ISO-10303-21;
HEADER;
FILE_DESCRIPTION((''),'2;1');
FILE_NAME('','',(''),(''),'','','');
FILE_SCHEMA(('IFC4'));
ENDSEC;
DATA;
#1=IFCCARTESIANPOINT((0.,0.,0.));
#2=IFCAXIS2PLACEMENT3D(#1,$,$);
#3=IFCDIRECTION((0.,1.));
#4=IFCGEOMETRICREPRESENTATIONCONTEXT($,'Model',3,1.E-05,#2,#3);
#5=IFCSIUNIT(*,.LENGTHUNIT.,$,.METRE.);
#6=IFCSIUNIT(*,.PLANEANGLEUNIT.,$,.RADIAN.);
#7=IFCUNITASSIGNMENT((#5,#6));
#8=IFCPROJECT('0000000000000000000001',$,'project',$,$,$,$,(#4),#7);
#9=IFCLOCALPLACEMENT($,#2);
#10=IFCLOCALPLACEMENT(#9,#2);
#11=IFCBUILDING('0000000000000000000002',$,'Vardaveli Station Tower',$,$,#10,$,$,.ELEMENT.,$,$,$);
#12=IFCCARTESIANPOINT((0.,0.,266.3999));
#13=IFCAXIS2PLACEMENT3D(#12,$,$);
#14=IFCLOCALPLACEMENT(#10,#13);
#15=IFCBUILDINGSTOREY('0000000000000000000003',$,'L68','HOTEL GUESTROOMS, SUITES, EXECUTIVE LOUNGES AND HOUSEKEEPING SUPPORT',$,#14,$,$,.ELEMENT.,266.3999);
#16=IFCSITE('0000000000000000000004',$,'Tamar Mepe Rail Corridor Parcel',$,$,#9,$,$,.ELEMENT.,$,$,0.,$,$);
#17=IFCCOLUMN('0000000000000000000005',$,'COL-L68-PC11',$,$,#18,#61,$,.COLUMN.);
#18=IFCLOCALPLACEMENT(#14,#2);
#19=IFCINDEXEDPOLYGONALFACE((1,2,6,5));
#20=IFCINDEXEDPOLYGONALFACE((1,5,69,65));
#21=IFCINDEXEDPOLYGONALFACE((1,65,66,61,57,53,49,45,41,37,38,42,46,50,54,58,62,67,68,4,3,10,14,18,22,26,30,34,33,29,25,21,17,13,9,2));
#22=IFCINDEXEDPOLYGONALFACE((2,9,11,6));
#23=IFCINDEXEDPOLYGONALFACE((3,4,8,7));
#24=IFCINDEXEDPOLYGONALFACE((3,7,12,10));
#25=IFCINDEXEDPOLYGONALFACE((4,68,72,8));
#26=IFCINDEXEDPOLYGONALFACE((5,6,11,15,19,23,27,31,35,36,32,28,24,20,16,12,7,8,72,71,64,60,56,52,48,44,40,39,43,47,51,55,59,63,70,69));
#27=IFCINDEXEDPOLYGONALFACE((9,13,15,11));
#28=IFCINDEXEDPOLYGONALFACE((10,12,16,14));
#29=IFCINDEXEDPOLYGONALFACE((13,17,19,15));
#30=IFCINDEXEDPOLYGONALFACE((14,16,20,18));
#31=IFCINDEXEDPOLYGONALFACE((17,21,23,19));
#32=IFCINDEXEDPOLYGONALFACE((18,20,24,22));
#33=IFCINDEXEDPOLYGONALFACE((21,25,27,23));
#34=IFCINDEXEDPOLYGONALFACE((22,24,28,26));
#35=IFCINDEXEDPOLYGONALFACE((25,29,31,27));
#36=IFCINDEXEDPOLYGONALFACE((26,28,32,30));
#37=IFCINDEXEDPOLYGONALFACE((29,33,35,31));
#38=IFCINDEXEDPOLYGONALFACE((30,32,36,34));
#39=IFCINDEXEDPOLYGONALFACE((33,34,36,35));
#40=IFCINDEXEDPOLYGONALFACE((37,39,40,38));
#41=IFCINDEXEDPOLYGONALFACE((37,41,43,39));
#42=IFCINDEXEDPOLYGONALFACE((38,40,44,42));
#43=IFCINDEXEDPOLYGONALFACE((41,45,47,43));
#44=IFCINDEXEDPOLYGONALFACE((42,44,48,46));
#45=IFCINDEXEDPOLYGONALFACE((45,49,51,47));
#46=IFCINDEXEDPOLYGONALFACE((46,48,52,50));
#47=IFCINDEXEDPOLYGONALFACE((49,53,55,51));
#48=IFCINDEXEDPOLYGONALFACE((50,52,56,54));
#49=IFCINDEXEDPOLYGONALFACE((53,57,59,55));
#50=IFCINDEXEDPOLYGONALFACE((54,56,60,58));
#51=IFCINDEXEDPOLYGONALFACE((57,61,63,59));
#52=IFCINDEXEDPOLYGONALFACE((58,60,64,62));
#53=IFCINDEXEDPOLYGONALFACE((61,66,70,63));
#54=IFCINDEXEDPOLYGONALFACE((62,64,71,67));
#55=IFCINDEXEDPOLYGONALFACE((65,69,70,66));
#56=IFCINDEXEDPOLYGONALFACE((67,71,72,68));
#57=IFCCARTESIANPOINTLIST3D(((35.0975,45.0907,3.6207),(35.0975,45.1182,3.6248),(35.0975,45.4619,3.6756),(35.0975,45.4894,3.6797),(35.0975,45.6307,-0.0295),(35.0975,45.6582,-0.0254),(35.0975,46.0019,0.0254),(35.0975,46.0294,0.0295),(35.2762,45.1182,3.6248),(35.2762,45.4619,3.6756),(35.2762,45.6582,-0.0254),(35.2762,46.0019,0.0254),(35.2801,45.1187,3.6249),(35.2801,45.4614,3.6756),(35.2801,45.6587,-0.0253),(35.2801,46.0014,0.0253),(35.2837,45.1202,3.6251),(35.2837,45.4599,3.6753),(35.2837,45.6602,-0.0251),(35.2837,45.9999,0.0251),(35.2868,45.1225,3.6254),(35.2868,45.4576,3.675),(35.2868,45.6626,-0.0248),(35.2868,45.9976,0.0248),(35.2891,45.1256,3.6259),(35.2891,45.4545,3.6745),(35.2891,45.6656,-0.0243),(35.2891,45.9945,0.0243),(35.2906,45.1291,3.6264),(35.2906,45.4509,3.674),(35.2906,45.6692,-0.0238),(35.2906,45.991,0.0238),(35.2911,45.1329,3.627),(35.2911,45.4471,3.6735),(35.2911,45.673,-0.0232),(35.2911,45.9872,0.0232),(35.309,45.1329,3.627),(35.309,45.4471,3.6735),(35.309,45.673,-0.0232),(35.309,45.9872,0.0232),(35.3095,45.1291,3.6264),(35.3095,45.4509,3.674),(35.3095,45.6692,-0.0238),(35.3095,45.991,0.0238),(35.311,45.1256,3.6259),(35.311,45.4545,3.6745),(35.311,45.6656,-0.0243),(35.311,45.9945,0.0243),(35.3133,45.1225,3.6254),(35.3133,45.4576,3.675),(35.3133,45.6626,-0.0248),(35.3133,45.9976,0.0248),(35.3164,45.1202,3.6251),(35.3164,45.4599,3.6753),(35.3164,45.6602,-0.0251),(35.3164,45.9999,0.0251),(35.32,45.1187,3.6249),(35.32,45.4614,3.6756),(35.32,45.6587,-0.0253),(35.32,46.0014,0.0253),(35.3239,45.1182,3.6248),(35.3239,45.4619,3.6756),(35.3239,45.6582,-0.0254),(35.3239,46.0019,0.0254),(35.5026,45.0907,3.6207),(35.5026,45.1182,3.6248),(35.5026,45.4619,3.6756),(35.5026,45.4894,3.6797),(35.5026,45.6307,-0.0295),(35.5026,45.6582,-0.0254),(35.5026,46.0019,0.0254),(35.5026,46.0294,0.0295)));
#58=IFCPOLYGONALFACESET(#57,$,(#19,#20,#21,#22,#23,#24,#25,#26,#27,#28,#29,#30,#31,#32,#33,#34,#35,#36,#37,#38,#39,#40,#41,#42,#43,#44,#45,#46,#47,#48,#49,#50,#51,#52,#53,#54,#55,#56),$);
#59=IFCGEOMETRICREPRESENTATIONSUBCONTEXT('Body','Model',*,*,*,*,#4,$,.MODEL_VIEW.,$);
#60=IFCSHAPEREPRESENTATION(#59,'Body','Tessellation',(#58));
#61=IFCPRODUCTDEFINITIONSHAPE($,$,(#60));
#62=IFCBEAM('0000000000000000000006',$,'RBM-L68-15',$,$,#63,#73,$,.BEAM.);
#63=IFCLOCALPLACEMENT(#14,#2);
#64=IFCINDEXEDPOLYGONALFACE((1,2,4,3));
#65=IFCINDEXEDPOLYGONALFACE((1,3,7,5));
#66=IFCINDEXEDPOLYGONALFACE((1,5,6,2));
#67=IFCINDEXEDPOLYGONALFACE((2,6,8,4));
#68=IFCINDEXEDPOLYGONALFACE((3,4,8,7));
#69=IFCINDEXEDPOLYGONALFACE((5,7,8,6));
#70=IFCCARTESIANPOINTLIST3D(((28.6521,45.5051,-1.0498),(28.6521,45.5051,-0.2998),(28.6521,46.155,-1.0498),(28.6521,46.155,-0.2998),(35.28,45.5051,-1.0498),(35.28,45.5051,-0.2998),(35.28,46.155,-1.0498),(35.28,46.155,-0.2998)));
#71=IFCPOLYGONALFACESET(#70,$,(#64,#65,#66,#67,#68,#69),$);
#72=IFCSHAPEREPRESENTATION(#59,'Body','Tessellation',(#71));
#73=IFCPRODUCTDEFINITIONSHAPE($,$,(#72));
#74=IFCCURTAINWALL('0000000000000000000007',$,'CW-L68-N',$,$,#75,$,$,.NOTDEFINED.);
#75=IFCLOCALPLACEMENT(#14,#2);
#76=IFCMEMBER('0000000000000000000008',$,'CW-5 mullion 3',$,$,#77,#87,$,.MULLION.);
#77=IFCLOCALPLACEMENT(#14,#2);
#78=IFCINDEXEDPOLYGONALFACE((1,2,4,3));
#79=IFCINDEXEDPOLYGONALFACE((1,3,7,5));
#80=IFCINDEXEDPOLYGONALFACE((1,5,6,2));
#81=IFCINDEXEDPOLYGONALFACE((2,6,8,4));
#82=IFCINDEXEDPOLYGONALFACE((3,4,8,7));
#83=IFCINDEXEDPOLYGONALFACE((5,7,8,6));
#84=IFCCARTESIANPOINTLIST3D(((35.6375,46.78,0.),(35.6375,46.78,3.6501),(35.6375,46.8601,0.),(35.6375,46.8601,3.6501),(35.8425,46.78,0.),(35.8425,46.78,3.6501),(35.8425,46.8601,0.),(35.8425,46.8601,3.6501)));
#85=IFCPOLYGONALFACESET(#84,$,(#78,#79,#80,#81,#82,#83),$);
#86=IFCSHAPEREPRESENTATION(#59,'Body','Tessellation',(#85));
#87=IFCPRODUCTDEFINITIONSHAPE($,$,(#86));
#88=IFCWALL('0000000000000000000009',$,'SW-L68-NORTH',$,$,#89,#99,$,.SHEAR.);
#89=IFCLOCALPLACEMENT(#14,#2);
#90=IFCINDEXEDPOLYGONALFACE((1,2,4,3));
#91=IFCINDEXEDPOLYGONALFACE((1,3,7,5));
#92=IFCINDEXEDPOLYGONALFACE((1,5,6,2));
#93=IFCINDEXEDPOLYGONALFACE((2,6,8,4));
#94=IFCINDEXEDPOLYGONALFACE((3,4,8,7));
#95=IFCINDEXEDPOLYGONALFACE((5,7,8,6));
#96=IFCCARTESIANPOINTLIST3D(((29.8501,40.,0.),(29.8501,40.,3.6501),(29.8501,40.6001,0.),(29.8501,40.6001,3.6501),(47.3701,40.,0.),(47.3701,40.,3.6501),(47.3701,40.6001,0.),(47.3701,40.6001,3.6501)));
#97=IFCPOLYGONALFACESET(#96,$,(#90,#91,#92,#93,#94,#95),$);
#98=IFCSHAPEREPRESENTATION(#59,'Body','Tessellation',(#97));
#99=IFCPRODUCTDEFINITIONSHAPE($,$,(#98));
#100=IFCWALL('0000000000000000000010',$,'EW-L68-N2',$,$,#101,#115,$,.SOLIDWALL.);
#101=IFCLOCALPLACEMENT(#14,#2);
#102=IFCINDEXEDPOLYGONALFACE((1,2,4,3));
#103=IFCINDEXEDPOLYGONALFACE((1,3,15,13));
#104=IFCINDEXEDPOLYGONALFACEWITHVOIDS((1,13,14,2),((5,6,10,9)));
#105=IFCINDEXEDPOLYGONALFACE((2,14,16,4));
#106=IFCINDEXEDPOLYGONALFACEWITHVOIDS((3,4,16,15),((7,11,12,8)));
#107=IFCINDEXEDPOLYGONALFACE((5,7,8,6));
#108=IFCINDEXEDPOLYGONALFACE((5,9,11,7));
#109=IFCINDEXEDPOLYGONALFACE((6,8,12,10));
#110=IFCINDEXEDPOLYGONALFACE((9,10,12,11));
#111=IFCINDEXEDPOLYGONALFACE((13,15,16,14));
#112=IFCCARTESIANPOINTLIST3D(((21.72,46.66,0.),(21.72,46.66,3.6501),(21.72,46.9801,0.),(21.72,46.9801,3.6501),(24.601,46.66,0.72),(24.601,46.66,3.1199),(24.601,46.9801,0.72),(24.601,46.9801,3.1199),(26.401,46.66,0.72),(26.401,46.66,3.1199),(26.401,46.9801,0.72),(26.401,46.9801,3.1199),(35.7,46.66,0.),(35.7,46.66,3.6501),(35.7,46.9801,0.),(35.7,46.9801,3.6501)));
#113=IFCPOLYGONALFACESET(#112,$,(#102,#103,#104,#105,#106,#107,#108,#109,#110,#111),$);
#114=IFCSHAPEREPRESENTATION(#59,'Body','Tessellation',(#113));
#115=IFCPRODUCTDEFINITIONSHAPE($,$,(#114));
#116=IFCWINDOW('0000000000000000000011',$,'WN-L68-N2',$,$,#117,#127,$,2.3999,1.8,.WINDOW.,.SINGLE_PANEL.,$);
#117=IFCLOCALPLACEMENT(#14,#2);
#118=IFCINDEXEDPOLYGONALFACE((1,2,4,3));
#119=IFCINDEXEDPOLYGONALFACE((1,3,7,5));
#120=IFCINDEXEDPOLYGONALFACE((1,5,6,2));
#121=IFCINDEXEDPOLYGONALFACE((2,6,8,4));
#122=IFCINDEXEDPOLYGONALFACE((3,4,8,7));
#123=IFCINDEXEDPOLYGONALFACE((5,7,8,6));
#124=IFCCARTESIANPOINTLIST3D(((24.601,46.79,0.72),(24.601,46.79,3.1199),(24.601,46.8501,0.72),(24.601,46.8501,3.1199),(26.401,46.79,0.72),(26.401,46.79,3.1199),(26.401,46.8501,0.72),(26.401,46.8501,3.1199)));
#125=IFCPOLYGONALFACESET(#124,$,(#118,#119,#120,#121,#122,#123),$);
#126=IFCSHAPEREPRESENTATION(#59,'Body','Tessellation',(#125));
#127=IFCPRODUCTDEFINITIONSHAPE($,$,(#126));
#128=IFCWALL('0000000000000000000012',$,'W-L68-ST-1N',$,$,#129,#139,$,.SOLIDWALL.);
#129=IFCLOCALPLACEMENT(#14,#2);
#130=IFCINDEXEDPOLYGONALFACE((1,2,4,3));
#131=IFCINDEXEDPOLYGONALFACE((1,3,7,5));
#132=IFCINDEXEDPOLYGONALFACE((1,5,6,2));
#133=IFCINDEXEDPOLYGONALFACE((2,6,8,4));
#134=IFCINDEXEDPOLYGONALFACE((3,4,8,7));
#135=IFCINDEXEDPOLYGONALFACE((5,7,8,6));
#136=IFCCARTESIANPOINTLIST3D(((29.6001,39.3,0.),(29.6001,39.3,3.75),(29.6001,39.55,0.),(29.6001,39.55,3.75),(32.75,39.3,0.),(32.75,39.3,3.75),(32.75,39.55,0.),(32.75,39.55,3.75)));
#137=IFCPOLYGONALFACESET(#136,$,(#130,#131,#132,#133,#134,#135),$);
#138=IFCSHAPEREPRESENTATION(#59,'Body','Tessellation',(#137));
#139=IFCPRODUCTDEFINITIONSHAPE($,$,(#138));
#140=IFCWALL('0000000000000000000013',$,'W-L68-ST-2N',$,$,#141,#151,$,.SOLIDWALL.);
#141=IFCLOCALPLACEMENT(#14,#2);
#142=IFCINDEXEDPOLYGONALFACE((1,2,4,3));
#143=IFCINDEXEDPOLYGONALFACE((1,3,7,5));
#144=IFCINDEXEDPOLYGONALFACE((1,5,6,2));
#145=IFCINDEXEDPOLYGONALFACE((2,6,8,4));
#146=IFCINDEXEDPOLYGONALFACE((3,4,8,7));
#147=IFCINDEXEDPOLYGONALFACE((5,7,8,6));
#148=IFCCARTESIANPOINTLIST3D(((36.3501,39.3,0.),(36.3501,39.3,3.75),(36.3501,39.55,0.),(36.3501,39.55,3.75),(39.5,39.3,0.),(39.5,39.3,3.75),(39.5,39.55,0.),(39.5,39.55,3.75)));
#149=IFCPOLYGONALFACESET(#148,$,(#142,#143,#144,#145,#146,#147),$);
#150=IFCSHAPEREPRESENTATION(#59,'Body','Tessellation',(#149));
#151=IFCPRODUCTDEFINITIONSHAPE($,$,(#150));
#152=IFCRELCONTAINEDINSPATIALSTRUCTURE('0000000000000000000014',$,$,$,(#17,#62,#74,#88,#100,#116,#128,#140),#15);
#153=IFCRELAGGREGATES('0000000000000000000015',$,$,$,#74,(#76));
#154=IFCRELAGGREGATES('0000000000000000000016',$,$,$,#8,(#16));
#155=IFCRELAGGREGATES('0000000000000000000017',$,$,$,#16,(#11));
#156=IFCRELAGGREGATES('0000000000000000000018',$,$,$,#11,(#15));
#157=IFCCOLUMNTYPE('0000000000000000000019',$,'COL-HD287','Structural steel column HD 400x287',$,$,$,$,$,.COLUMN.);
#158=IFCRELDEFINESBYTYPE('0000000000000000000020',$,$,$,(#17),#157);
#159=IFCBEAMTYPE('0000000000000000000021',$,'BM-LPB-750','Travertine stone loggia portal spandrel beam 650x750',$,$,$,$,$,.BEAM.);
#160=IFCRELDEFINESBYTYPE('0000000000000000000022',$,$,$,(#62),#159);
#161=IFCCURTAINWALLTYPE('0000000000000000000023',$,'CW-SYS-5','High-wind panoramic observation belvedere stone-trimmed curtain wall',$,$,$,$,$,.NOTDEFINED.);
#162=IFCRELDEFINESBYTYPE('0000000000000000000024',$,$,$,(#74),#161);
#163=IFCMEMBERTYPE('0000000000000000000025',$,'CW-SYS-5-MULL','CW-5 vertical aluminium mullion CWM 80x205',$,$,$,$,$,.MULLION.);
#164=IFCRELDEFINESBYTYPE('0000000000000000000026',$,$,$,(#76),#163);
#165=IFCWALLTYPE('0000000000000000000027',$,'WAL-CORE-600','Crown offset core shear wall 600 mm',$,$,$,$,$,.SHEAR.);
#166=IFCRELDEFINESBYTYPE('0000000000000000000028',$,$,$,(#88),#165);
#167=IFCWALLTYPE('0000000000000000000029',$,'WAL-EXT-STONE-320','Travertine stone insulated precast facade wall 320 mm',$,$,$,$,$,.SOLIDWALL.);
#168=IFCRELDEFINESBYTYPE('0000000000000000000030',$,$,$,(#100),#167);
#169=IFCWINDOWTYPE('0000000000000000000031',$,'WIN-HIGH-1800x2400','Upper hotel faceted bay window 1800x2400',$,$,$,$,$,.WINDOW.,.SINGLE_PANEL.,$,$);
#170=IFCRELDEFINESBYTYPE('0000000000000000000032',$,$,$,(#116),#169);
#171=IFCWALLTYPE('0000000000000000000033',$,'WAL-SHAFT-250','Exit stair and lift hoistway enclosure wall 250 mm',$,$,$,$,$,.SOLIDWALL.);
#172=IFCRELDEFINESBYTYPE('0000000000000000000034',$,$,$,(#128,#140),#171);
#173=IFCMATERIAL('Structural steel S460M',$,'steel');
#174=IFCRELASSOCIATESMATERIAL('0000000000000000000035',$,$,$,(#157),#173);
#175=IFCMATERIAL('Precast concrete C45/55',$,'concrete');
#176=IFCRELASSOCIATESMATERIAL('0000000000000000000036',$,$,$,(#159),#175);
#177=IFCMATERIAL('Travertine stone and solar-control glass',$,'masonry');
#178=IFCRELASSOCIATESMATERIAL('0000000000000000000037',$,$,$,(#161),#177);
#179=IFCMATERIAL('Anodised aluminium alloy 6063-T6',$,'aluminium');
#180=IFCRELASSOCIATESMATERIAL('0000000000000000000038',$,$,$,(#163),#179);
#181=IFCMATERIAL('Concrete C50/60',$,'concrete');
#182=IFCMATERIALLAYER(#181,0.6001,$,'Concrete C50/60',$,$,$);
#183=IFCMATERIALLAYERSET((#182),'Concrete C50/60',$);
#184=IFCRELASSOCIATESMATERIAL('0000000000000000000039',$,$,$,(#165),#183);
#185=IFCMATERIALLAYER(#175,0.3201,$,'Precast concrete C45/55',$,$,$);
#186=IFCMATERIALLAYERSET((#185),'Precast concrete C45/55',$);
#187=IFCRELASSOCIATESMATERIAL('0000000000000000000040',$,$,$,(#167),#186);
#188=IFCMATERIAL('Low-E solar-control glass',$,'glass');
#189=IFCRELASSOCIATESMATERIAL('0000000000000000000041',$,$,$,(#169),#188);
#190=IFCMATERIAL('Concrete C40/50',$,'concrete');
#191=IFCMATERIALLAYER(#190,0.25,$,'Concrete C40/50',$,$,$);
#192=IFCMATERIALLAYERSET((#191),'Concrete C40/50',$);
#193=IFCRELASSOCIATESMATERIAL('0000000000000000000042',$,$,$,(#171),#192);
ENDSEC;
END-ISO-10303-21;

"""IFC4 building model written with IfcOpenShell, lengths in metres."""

from ifc_helpers import new_model, si_unit, direction, frame, frame_2d, origin, origin_2d, place, context, subcontext, project, spatial, rectangle, i_section, extrude, source, transform, mapped, material, layer, layer_set, material_profile, profile_set, type_object, element, fill, aggregate, save


model = new_model("IFC4")

# Units and contexts
model_context = context("Model", 3, precision=1e-05, world=origin(), true_north=direction((0.0, 1.0)))
body_context = subcontext(model_context, "Body", "Model", "MODEL_VIEW")
ifc_project = project(units=[si_unit("LENGTHUNIT", "METRE"), si_unit("PLANEANGLEUNIT", "RADIAN")], contexts=[model_context])

# Site, building, storey
site_placement = place(None, origin())
site = spatial("IfcSite", under=ifc_project, at=site_placement, Name="Tamar Mepe Rail Corridor Parcel", CompositionType="ELEMENT", RefElevation=0.0)
building_placement = place(site_placement, origin())
building = spatial("IfcBuilding", under=site, at=building_placement, Name="Vardaveli Station Tower", CompositionType="ELEMENT")
storey_placement = place(building_placement, frame((0.0, 0.0, 266.3999)))
storey = spatial("IfcBuildingStorey", under=building, at=storey_placement, Name="L68", Description="HOTEL GUESTROOMS, SUITES, EXECUTIVE LOUNGES AND HOUSEKEEPING SUPPORT", CompositionType="ELEMENT", Elevation=266.3999)

# Column
ifc_material_1 = material(Name="Structural steel S460M", Category="steel")
ifc_material_profile_1 = material_profile(ifc_material_1, i_section(OverallWidth=0.405, OverallDepth=0.4031, WebThickness=0.0178, FlangeThickness=0.0278, FilletRadius=0.0149, at=origin_2d()), Name="HD 400x287")
ifc_profile_set_1 = profile_set([ifc_material_profile_1], Name="Structural steel S460M")
column_type = type_object("IfcColumnType", Name="COL-HD287", Description="Structural steel column HD 400x287", PredefinedType="COLUMN", material=ifc_profile_set_1)
shared_shape_1 = source(origin(), body_context, "Body", "SweptSolid", [
    extrude(i_section(OverallWidth=0.405, OverallDepth=0.4031, WebThickness=0.0178, FlangeThickness=0.0278, FilletRadius=0.0149, at=origin_2d()), origin(), (0.0, 0.0, 1.0), 3.6899),
])
column_placement = place(storey_placement, frame((35.3, 45.8301, 0.0), z_axis=(0.0, -0.146357, 0.989232), x_axis=(1.0, 0.0, 0.0)))
element("IfcColumn", 1, at=column_placement, inside=storey, type_object=column_type, Name="COL-L68-PC11", PredefinedType="COLUMN", context=body_context, shape_type="MappedRepresentation", body=[
    mapped(shared_shape_1, transform((0.0, 0.0, 0.0), scale=1.0)),
])

# Beam
ifc_material_2 = material(Name="Precast concrete C45/55", Category="concrete")
ifc_material_profile_2 = material_profile(ifc_material_2, rectangle(XDim=0.6499, YDim=0.75, at=origin_2d()), Name="LPB 650x750")
ifc_profile_set_2 = profile_set([ifc_material_profile_2], Name="Precast concrete C45/55")
beam_type = type_object("IfcBeamType", Name="BM-LPB-750", Description="Travertine stone loggia portal spandrel beam 650x750", PredefinedType="BEAM", material=ifc_profile_set_2)
shared_shape_2 = source(origin(), body_context, "Body", "SweptSolid", [
    extrude(rectangle(XDim=0.6499, YDim=0.75, at=origin_2d()), origin(), (0.0, 0.0, 1.0), 6.6279),
])
beam_placement = place(storey_placement, frame((35.28, 45.8301, -0.6748), z_axis=(-1.0, 0.0, 0.0), x_axis=(0.0, -1.0, 0.0)))
element("IfcBeam", 2, at=beam_placement, inside=storey, type_object=beam_type, Name="RBM-L68-15", PredefinedType="BEAM", context=body_context, shape_type="MappedRepresentation", body=[
    mapped(shared_shape_2, transform((0.0, 0.0, 0.0), scale=1.0)),
])

# Curtain wall, member
ifc_material_3 = material(Name="Travertine stone and solar-control glass", Category="masonry")
curtain_wall_type = type_object("IfcCurtainWallType", Name="CW-SYS-5", Description="High-wind panoramic observation belvedere stone-trimmed curtain wall", PredefinedType="NOTDEFINED", material=ifc_material_3)
curtain_wall_placement = place(storey_placement, origin())
curtain_wall = element("IfcCurtainWall", 3, at=curtain_wall_placement, inside=storey, type_object=curtain_wall_type, Name="CW-L68-N", PredefinedType="NOTDEFINED")
ifc_material_4 = material(Name="Anodised aluminium alloy 6063-T6", Category="aluminium")
ifc_material_profile_3 = material_profile(ifc_material_4, rectangle(XDim=0.0801, YDim=0.2051, at=origin_2d()), Name="CWM 80x205")
ifc_profile_set_3 = profile_set([ifc_material_profile_3], Name="Anodised aluminium alloy 6063-T6")
member_type = type_object("IfcMemberType", Name="CW-SYS-5-MULL", Description="CW-5 vertical aluminium mullion CWM 80x205", PredefinedType="MULLION", material=ifc_profile_set_3)
shared_shape_3 = source(origin(), body_context, "Body", "SweptSolid", [
    extrude(rectangle(XDim=0.0801, YDim=0.2051, at=origin_2d()), origin(), (0.0, 0.0, 1.0), 3.6501),
])
member_placement = place(storey_placement, frame((35.74, 46.8201, 0.0), z_axis=(0.0, 0.0, 1.0), x_axis=(0.0, -1.0, 0.0)))
member = element("IfcMember", 4, at=member_placement, type_object=member_type, Name="CW-5 mullion 3", PredefinedType="MULLION", context=body_context, shape_type="MappedRepresentation", body=[
    mapped(shared_shape_3, transform((0.0, 0.0, 0.0), scale=1.0)),
])
aggregate(curtain_wall, [member])

# Wall
ifc_material_5 = material(Name="Concrete C50/60", Category="concrete")
ifc_layer_1 = layer(ifc_material_5, 0.6001, Name="Concrete C50/60")
ifc_layer_set_1 = layer_set([ifc_layer_1], Name="Concrete C50/60")
wall_type_1 = type_object("IfcWallType", Name="WAL-CORE-600", Description="Crown offset core shear wall 600 mm", PredefinedType="SHEAR", material=ifc_layer_set_1)
shared_shape_4 = source(origin(), body_context, "Body", "SweptSolid", [
    extrude(rectangle(XDim=17.52, YDim=0.6001, at=frame_2d((8.76, 0.0))), origin(), (0.0, 0.0, 1.0), 3.6501),
])
wall_1_placement = place(storey_placement, frame((29.8501, 40.3, 0.0), z_axis=(0.0, 0.0, 1.0), x_axis=(1.0, 0.0, 0.0)))
element("IfcWall", 5, at=wall_1_placement, inside=storey, type_object=wall_type_1, Name="SW-L68-NORTH", PredefinedType="SHEAR", context=body_context, shape_type="MappedRepresentation", body=[
    mapped(shared_shape_4, transform((0.0, 0.0, 0.0), scale=1.0)),
])

# Wall, opening, window
ifc_layer_2 = layer(ifc_material_2, 0.3201, Name="Precast concrete C45/55")
ifc_layer_set_2 = layer_set([ifc_layer_2], Name="Precast concrete C45/55")
wall_type_2 = type_object("IfcWallType", Name="WAL-EXT-STONE-320", Description="Travertine stone insulated precast facade wall 320 mm", PredefinedType="SOLIDWALL", material=ifc_layer_set_2)
shared_shape_5 = source(origin(), body_context, "Body", "SweptSolid", [
    extrude(rectangle(XDim=13.98, YDim=0.3201, at=frame_2d((6.99, 0.0))), origin(), (0.0, 0.0, 1.0), 3.6501),
])
wall_2_placement = place(storey_placement, frame((35.7, 46.8201, 0.0), z_axis=(0.0, 0.0, 1.0), x_axis=(-1.0, 0.0, 0.0)))
wall_2 = element("IfcWall", 6, at=wall_2_placement, inside=storey, type_object=wall_type_2, Name="EW-L68-N2", PredefinedType="SOLIDWALL", context=body_context, shape_type="MappedRepresentation", body=[
    mapped(shared_shape_5, transform((0.0, 0.0, 0.0), scale=1.0)),
])
shared_shape_6 = source(origin(), body_context, "Body", "SweptSolid", [
    extrude(rectangle(XDim=1.8, YDim=2.3999, at=frame_2d((0.8999, 1.2))), frame((0.0, 0.1699, 0.0), z_axis=(0.0, -1.0, 0.0), x_axis=(1.0, 0.0, 0.0)), (0.0, 0.0, 1.0), 0.3401),
])
opening_1_placement = place(wall_2_placement, frame((9.2991, 0.0, 0.72)))
opening_1 = element("IfcOpeningElement", 7, at=opening_1_placement, cuts=wall_2, PredefinedType="OPENING", context=body_context, shape_type="MappedRepresentation", body=[
    mapped(shared_shape_6, transform((0.0, 0.0, 0.0), scale=1.0)),
])
ifc_material_6 = material(Name="Low-E solar-control glass", Category="glass")
window_type = type_object("IfcWindowType", Name="WIN-HIGH-1800x2400", Description="Upper hotel faceted bay window 1800x2400", PartitioningType="SINGLE_PANEL", PredefinedType="WINDOW", material=ifc_material_6)
shared_shape_7 = source(origin(), body_context, "Body", "SweptSolid", [
    extrude(rectangle(XDim=1.8, YDim=2.3999, at=frame_2d((0.8999, 1.2))), frame((0.0, 0.03, 0.0), z_axis=(0.0, -1.0, 0.0), x_axis=(1.0, 0.0, 0.0)), (0.0, 0.0, 1.0), 0.0601),
])
window_placement = place(opening_1_placement, origin())
window = element("IfcWindow", 8, at=window_placement, inside=storey, type_object=window_type, Name="WN-L68-N2", OverallHeight=2.3999, OverallWidth=1.8, PartitioningType="SINGLE_PANEL", PredefinedType="WINDOW", context=body_context, shape_type="MappedRepresentation", body=[
    mapped(shared_shape_7, transform((0.0, 0.0, 0.0), scale=1.0)),
])
fill(opening_1, window)

# Walls
ifc_material_7 = material(Name="Concrete C40/50", Category="concrete")
ifc_layer_3 = layer(ifc_material_7, 0.25, Name="Concrete C40/50")
ifc_layer_set_3 = layer_set([ifc_layer_3], Name="Concrete C40/50")
wall_type_3 = type_object("IfcWallType", Name="WAL-SHAFT-250", Description="Exit stair and lift hoistway enclosure wall 250 mm", PredefinedType="SOLIDWALL", material=ifc_layer_set_3)
shared_shape_8 = source(origin(), body_context, "Body", "SweptSolid", [
    extrude(rectangle(XDim=3.1499, YDim=0.25, at=frame_2d((1.575, 0.0))), origin(), (0.0, 0.0, 1.0), 3.75),
])
for number, where, z_axis, x_axis, name in (
    (9, (29.6001, 39.425, 0.0), (0.0, 0.0, 1.0), (1.0, 0.0, 0.0), "W-L68-ST-1N"),
    (10, (36.3501, 39.425, 0.0), (0.0, 0.0, 1.0), (1.0, 0.0, 0.0), "W-L68-ST-2N"),
):
    element("IfcWall", number, at=place(storey_placement, frame(where, z_axis=z_axis, x_axis=x_axis)), inside=storey, type_object=wall_type_3, Name=name, PredefinedType="SOLIDWALL", context=body_context, shape_type="MappedRepresentation", body=[
        mapped(shared_shape_8, transform((0.0, 0.0, 0.0), scale=1.0)),
    ])

save(model, "model.ifc")
